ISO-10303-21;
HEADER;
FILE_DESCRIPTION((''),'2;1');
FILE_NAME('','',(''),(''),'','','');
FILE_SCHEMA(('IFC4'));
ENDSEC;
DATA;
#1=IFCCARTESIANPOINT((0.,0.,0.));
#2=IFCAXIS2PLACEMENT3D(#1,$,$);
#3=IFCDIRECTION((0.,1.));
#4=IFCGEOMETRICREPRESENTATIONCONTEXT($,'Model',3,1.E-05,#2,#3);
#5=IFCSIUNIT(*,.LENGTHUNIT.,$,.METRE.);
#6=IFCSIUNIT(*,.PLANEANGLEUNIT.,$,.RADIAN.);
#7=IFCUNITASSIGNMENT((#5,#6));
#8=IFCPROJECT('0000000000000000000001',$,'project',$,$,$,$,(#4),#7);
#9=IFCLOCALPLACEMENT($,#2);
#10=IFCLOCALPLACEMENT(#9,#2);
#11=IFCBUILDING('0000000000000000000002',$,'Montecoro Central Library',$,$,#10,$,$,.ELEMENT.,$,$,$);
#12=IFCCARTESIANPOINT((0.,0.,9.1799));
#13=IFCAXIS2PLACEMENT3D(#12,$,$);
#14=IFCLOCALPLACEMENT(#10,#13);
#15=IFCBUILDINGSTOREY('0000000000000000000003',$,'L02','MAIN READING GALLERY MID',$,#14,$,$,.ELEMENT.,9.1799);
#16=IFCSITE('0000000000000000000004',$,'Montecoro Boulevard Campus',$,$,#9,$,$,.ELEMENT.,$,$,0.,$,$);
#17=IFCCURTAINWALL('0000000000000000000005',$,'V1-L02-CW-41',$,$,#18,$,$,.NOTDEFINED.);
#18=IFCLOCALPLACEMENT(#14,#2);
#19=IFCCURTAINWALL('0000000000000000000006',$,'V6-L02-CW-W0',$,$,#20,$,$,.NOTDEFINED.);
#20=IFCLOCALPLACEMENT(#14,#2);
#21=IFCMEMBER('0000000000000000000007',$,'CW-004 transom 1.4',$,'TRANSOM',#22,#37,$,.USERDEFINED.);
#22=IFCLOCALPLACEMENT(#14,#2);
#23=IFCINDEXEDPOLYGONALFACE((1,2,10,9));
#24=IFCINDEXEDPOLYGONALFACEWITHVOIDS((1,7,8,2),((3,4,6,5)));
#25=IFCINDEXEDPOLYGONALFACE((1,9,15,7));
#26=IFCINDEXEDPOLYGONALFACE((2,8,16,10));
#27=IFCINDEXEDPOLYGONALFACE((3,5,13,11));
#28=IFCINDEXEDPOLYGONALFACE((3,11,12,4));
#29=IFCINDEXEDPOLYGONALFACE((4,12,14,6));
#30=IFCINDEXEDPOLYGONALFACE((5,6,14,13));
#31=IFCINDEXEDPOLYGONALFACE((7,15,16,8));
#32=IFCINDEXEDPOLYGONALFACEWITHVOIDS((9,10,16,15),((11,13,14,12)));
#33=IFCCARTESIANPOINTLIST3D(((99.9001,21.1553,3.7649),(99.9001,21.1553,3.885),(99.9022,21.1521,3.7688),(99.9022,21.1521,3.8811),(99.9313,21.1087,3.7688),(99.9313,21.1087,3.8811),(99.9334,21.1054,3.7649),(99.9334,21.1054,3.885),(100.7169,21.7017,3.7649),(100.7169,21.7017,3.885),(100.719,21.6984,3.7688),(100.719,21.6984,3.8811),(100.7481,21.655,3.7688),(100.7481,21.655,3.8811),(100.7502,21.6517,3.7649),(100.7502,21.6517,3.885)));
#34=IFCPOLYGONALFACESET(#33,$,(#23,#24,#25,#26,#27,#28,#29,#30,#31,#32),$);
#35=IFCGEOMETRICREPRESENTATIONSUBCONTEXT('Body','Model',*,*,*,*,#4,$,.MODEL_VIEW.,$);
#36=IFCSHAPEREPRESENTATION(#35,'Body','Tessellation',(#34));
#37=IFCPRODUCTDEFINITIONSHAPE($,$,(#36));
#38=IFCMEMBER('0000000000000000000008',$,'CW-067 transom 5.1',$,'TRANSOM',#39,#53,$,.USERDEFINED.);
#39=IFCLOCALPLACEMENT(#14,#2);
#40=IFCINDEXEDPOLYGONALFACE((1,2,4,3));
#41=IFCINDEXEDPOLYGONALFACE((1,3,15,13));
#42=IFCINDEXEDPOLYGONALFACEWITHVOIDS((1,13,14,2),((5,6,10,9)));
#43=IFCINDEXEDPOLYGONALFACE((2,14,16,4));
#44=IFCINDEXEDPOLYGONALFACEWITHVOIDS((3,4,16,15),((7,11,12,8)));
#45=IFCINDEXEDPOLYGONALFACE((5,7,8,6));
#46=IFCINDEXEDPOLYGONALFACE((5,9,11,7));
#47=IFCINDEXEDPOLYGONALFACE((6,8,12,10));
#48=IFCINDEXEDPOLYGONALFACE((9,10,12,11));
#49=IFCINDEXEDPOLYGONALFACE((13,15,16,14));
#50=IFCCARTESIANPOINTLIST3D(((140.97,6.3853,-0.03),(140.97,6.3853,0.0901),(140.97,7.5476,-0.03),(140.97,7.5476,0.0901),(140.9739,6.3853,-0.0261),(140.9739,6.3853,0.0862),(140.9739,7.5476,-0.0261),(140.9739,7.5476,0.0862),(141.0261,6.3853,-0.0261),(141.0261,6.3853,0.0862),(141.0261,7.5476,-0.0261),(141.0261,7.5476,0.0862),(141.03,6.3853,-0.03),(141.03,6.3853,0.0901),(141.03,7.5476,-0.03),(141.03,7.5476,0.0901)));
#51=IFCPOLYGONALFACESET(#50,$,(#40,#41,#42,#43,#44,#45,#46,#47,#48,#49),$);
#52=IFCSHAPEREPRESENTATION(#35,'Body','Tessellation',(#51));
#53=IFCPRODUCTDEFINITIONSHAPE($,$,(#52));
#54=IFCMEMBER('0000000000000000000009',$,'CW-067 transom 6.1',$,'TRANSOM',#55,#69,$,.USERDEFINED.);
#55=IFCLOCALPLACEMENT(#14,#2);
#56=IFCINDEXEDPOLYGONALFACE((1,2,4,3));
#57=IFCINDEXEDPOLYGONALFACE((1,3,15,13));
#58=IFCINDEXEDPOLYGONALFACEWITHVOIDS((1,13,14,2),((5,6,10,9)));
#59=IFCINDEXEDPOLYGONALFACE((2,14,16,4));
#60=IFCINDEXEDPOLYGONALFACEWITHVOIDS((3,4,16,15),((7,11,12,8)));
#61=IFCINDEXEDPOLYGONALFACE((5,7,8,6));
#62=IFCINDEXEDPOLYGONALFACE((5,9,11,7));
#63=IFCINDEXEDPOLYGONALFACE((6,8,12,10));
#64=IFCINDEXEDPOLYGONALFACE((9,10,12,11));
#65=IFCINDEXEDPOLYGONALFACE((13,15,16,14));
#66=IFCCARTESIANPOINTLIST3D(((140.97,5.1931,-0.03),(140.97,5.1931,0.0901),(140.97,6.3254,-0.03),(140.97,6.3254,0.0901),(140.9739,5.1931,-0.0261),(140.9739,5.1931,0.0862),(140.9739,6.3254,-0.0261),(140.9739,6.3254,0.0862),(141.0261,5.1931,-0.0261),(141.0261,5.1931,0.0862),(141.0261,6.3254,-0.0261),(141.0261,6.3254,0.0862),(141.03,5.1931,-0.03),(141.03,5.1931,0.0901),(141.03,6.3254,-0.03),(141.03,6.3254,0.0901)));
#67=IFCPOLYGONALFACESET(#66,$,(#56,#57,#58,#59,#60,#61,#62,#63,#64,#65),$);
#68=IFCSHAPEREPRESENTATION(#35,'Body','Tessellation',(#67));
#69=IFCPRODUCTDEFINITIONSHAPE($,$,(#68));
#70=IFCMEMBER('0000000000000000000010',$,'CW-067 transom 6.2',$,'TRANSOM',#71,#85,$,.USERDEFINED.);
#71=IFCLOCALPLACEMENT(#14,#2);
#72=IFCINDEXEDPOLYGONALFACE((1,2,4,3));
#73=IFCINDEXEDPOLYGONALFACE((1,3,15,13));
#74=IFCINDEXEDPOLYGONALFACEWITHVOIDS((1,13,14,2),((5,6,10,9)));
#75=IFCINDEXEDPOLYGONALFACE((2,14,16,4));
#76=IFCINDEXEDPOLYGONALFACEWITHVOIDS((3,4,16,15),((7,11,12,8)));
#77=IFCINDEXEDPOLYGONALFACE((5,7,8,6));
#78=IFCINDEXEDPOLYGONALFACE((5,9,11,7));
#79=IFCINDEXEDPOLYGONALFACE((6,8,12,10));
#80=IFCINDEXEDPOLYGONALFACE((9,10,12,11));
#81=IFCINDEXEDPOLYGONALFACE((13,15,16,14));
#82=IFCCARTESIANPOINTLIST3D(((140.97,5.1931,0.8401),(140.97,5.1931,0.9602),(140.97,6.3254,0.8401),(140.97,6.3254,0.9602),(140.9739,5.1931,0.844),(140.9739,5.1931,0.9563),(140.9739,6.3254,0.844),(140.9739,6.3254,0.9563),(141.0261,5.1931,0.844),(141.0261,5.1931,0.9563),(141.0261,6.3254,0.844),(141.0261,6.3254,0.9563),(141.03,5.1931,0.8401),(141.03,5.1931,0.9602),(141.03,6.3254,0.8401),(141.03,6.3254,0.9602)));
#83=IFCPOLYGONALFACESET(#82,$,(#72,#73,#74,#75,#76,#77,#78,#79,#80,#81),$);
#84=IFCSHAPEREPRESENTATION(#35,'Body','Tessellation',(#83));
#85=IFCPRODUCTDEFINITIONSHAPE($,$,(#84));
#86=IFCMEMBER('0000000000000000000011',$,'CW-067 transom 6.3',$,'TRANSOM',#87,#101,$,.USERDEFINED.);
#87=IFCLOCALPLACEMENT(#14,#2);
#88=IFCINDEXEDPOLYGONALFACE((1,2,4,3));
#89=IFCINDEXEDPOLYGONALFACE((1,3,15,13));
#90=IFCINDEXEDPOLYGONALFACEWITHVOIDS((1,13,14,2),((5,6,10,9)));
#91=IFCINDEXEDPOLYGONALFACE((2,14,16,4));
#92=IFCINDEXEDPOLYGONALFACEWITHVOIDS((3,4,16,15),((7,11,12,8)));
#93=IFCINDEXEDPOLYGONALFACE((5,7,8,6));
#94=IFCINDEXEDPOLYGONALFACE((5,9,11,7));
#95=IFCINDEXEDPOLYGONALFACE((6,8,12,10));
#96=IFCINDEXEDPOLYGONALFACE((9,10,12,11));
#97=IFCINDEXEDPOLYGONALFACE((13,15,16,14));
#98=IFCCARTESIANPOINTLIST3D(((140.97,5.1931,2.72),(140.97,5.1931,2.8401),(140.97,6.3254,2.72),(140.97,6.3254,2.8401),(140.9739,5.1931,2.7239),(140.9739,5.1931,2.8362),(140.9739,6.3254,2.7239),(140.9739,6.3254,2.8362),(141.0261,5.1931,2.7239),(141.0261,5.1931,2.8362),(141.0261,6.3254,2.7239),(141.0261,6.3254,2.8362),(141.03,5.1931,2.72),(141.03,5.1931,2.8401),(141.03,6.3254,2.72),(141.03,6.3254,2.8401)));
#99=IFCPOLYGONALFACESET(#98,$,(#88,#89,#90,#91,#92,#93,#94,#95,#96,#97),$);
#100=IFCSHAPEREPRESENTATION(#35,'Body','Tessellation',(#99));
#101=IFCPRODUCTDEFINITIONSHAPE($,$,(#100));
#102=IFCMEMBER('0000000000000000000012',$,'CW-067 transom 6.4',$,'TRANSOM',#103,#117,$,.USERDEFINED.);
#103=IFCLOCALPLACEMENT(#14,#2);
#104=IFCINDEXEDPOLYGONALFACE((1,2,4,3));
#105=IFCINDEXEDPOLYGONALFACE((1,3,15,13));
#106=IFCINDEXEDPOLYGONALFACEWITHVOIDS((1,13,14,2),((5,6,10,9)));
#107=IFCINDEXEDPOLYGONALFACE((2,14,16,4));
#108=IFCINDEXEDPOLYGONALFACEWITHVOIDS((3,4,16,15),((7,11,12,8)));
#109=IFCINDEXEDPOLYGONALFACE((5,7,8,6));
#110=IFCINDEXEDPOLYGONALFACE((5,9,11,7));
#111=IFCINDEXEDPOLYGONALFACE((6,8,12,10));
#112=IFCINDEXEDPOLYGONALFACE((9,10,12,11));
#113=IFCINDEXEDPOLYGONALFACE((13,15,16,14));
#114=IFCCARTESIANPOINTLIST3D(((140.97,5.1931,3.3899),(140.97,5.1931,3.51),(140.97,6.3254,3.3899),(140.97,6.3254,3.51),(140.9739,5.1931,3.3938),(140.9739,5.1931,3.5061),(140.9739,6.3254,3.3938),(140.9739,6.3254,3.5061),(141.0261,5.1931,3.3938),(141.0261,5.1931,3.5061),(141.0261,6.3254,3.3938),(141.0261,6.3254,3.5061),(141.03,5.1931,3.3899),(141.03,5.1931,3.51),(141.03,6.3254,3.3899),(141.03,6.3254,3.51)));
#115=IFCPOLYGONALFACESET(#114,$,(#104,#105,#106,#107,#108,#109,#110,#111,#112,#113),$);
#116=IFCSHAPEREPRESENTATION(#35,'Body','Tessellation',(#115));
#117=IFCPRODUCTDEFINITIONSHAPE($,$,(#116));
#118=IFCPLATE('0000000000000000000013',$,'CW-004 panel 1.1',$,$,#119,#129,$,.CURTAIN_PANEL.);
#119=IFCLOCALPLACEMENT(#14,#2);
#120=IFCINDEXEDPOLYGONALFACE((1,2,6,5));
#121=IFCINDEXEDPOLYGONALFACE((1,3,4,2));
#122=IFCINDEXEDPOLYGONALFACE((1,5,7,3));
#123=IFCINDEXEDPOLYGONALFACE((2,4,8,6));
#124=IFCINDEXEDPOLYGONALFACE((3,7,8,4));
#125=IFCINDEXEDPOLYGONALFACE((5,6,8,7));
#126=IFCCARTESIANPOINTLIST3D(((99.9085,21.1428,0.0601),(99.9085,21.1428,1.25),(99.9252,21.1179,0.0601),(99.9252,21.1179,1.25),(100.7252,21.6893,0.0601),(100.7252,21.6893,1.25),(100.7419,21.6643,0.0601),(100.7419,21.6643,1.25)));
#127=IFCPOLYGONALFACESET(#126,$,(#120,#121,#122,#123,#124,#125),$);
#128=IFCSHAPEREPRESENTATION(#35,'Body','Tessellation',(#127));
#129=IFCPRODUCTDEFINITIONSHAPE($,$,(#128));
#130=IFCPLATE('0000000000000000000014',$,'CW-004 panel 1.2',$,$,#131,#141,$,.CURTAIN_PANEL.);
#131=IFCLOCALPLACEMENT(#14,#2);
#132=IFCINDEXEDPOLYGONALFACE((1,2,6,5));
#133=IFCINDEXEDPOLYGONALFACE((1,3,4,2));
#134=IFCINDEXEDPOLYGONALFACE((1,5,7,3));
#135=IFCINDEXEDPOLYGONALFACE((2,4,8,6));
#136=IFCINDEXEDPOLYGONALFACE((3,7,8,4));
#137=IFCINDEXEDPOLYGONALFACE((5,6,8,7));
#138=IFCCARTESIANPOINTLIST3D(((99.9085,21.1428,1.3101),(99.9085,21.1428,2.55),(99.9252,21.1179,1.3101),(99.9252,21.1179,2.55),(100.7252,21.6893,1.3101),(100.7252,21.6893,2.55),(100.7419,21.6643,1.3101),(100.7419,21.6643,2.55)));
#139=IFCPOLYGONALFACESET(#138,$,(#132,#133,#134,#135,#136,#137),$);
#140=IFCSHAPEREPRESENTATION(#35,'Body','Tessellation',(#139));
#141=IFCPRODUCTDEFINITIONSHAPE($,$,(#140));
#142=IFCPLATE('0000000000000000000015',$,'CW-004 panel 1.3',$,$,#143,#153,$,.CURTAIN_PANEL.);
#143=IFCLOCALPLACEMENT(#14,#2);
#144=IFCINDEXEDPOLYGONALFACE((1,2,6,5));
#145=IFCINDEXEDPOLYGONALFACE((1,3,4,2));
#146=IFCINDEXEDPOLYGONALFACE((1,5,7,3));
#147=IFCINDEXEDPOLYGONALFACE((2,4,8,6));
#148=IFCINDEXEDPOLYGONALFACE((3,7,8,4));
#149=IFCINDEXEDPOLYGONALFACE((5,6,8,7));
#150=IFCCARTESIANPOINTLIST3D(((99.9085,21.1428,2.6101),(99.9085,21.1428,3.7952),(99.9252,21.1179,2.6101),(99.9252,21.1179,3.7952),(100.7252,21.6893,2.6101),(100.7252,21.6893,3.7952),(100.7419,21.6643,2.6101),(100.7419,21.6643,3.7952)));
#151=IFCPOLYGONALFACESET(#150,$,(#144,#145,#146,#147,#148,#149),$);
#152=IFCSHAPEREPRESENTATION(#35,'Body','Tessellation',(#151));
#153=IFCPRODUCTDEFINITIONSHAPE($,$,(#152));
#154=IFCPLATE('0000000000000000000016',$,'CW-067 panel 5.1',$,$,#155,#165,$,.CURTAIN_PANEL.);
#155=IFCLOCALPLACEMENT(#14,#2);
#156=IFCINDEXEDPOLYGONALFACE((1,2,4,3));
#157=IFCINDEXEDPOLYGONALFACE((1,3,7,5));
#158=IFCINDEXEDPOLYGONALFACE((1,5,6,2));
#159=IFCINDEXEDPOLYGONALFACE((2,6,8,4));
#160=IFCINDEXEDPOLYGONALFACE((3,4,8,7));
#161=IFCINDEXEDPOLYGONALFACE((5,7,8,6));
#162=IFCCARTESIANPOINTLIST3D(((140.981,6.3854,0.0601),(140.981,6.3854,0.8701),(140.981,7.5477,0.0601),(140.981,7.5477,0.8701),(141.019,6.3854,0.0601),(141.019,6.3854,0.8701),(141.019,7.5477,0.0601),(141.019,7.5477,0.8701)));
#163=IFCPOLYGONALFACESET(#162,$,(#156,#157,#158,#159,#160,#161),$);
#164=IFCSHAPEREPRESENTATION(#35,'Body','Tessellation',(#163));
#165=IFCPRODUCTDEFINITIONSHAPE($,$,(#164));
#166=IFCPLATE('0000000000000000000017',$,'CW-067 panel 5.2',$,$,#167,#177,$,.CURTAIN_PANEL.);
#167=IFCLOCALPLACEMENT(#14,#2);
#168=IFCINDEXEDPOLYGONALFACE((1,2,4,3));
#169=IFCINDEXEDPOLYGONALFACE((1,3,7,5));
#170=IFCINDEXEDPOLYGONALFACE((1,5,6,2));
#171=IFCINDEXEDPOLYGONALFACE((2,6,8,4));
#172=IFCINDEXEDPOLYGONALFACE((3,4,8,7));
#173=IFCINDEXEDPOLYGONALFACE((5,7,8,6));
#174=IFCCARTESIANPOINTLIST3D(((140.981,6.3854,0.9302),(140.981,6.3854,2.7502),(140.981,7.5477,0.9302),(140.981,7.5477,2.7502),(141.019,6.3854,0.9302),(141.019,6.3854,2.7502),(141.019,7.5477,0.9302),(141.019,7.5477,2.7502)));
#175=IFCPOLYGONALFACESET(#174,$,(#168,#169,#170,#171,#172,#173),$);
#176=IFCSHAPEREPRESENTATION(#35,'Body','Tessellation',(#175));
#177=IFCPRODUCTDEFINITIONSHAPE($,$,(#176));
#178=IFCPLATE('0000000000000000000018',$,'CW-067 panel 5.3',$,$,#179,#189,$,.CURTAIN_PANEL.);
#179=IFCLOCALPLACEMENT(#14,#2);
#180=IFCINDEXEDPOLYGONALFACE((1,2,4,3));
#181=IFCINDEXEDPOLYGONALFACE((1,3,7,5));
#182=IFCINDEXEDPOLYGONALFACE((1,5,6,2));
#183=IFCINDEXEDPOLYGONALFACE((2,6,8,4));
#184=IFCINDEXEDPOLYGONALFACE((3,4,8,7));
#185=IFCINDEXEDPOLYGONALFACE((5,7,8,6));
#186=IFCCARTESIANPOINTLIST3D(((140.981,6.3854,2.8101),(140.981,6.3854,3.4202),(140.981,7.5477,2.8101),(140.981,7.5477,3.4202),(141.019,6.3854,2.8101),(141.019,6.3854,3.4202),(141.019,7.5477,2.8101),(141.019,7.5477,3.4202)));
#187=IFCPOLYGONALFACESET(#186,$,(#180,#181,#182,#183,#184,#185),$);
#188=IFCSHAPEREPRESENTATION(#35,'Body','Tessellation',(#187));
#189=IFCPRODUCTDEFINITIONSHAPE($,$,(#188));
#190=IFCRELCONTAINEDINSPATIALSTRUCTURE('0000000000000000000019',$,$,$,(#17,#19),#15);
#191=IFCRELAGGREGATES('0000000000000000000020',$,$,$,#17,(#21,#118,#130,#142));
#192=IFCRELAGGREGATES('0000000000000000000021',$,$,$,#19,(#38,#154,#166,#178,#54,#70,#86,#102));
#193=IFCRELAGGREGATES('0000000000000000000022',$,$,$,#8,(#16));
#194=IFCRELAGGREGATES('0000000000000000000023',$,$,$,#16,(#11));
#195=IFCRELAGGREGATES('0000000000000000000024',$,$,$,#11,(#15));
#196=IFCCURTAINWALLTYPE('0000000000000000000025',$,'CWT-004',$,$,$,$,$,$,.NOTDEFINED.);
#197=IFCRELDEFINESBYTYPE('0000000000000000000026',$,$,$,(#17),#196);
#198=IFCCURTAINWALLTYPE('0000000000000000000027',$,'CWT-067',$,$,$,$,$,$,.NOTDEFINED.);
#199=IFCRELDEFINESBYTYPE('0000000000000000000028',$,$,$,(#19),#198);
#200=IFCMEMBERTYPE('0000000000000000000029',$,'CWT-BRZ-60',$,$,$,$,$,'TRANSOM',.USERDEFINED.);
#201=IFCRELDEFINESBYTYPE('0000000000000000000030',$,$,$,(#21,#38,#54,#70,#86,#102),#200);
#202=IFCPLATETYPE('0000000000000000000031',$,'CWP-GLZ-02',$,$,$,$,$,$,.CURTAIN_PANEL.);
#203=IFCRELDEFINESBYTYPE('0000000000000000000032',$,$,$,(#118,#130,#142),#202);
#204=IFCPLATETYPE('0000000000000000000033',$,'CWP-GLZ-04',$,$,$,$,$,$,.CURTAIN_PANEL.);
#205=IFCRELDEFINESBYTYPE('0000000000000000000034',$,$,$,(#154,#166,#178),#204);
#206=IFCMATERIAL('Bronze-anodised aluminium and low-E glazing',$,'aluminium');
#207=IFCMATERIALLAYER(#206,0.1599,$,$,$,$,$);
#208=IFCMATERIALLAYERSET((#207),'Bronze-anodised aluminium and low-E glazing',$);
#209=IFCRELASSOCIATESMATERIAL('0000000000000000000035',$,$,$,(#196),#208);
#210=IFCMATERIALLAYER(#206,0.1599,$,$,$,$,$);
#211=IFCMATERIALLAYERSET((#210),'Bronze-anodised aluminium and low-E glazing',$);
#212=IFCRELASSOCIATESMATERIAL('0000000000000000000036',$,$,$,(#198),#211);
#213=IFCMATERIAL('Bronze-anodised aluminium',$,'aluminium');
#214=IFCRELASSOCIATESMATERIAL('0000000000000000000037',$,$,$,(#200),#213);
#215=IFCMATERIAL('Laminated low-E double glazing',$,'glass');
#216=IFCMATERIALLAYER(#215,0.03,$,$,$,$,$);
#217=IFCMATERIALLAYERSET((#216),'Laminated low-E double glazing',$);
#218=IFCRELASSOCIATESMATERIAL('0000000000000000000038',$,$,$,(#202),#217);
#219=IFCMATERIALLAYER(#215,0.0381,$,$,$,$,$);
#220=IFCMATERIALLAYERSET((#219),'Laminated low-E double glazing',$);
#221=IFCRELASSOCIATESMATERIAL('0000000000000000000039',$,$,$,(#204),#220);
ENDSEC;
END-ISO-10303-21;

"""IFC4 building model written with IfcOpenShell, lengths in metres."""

from ifc_helpers import new_model, si_unit, direction, frame, origin, origin_2d, place, context, subcontext, project, spatial, rectangle, hollow_rectangle, extrude, material, layer, layer_set, material_profile, profile_set, type_object, element, aggregate, save


model = new_model("IFC4")

# Units and contexts
model_context = context("Model", 3, precision=1e-05, world=origin(), true_north=direction((0.0, 1.0)))
body_context = subcontext(model_context, "Body", "Model", "MODEL_VIEW")
ifc_project = project(units=[si_unit("LENGTHUNIT", "METRE"), si_unit("PLANEANGLEUNIT", "RADIAN")], contexts=[model_context])

# Site, building, storey
site_placement = place(None, origin())
site = spatial("IfcSite", under=ifc_project, at=site_placement, Name="Montecoro Boulevard Campus", CompositionType="ELEMENT", RefElevation=0.0)
building_placement = place(site_placement, origin())
building = spatial("IfcBuilding", under=site, at=building_placement, Name="Montecoro Central Library", CompositionType="ELEMENT")
storey_placement = place(building_placement, frame((0.0, 0.0, 9.1799)))
storey = spatial("IfcBuildingStorey", under=building, at=storey_placement, Name="L02", Description="MAIN READING GALLERY MID", CompositionType="ELEMENT", Elevation=9.1799)

# Curtain walls
ifc_material_1 = material(Name="Bronze-anodised aluminium and low-E glazing", Category="aluminium")
ifc_layer_1 = layer(ifc_material_1, 0.1599)
ifc_layer_set_1 = layer_set([ifc_layer_1], Name="Bronze-anodised aluminium and low-E glazing")
curtain_wall_type_1 = type_object("IfcCurtainWallType", Name="CWT-004", PredefinedType="NOTDEFINED", material=ifc_layer_set_1)
curtain_wall_1_placement = place(storey_placement, origin())
curtain_wall_1 = element("IfcCurtainWall", 1, at=curtain_wall_1_placement, inside=storey, type_object=curtain_wall_type_1, Name="V1-L02-CW-41", PredefinedType="NOTDEFINED")
ifc_material_2 = material(Name="Bronze-anodised aluminium", Category="aluminium")
ifc_layer_2 = layer(ifc_material_1, 0.1599)
ifc_layer_set_2 = layer_set([ifc_layer_2], Name="Bronze-anodised aluminium and low-E glazing")
curtain_wall_type_2 = type_object("IfcCurtainWallType", Name="CWT-067", PredefinedType="NOTDEFINED", material=ifc_layer_set_2)
curtain_wall_2_placement = place(storey_placement, origin())
curtain_wall_2 = element("IfcCurtainWall", 2, at=curtain_wall_2_placement, inside=storey, type_object=curtain_wall_type_2, Name="V6-L02-CW-W0", PredefinedType="NOTDEFINED")

# Members
ifc_material_profile_1 = material_profile(ifc_material_2, hollow_rectangle(XDim=0.0601, YDim=0.1201, WallThickness=0.0039, at=origin_2d()), Name="CWT 120x60x4.0")
ifc_profile_set_1 = profile_set([ifc_material_profile_1], Name="Bronze-anodised aluminium")
member_type_1 = type_object("IfcMemberType", Name="CWT-BRZ-60", ElementType="TRANSOM", PredefinedType="USERDEFINED", material=ifc_profile_set_1)
member_1_placement = place(storey_placement, frame((99.9167, 21.1304, 3.825), z_axis=(0.831209, 0.555961, 0.0), x_axis=(-0.555961, 0.831209, 0.0)))
member_1 = element("IfcMember", 3, at=member_1_placement, type_object=member_type_1, Name="CW-004 transom 1.4", ObjectType="TRANSOM", PredefinedType="USERDEFINED", context=body_context, shape_type="SweptSolid", body=[
    extrude(hollow_rectangle(XDim=0.0601, YDim=0.1201, WallThickness=0.0039, at=origin_2d()), origin(), (0.0, 0.0, 1.0), 0.9827),
])
member_2_placement = place(storey_placement, frame((141.0, 7.5476, 0.03), z_axis=(0.0, -1.0, 0.0), x_axis=(1.0, 0.0, 0.0)))
member_2 = element("IfcMember", 4, at=member_2_placement, type_object=member_type_1, Name="CW-067 transom 5.1", ObjectType="TRANSOM", PredefinedType="USERDEFINED", context=body_context, shape_type="SweptSolid", body=[
    extrude(hollow_rectangle(XDim=0.0601, YDim=0.1201, WallThickness=0.0039, at=origin_2d()), origin(), (0.0, 0.0, 1.0), 1.1624),
])
member_3_placement = place(storey_placement, frame((141.0, 6.3254, 0.03), z_axis=(0.0, -1.0, 0.0), x_axis=(1.0, 0.0, 0.0)))
member_3 = element("IfcMember", 5, at=member_3_placement, type_object=member_type_1, Name="CW-067 transom 6.1", ObjectType="TRANSOM", PredefinedType="USERDEFINED", context=body_context, shape_type="SweptSolid", body=[
    extrude(hollow_rectangle(XDim=0.0601, YDim=0.1201, WallThickness=0.0039, at=origin_2d()), origin(), (0.0, 0.0, 1.0), 1.1323),
])
member_4_placement = place(storey_placement, frame((141.0, 6.3254, 0.9001), z_axis=(0.0, -1.0, 0.0), x_axis=(1.0, 0.0, 0.0)))
member_4 = element("IfcMember", 6, at=member_4_placement, type_object=member_type_1, Name="CW-067 transom 6.2", ObjectType="TRANSOM", PredefinedType="USERDEFINED", context=body_context, shape_type="SweptSolid", body=[
    extrude(hollow_rectangle(XDim=0.0601, YDim=0.1201, WallThickness=0.0039, at=origin_2d()), origin(), (0.0, 0.0, 1.0), 1.1323),
])
member_5_placement = place(storey_placement, frame((141.0, 6.3254, 2.78), z_axis=(0.0, -1.0, 0.0), x_axis=(1.0, 0.0, 0.0)))
member_5 = element("IfcMember", 7, at=member_5_placement, type_object=member_type_1, Name="CW-067 transom 6.3", ObjectType="TRANSOM", PredefinedType="USERDEFINED", context=body_context, shape_type="SweptSolid", body=[
    extrude(hollow_rectangle(XDim=0.0601, YDim=0.1201, WallThickness=0.0039, at=origin_2d()), origin(), (0.0, 0.0, 1.0), 1.1323),
])
member_6_placement = place(storey_placement, frame((141.0, 6.3254, 3.45), z_axis=(0.0, -1.0, 0.0), x_axis=(1.0, 0.0, 0.0)))
member_6 = element("IfcMember", 8, at=member_6_placement, type_object=member_type_1, Name="CW-067 transom 6.4", ObjectType="TRANSOM", PredefinedType="USERDEFINED", context=body_context, shape_type="SweptSolid", body=[
    extrude(hollow_rectangle(XDim=0.0601, YDim=0.1201, WallThickness=0.0039, at=origin_2d()), origin(), (0.0, 0.0, 1.0), 1.1323),
])

# Plates
ifc_material_3 = material(Name="Laminated low-E double glazing", Category="glass")
ifc_layer_3 = layer(ifc_material_3, 0.03)
ifc_layer_set_3 = layer_set([ifc_layer_3], Name="Laminated low-E double glazing")
plate_type_1 = type_object("IfcPlateType", Name="CWP-GLZ-02", PredefinedType="CURTAIN_PANEL", material=ifc_layer_set_3)
plate_1_placement = place(storey_placement, frame((100.3252, 21.4036, 0.0601), z_axis=(0.0, 0.0, 1.0), x_axis=(0.831117, 0.556098, 0.0)))
plate_1 = element("IfcPlate", 9, at=plate_1_placement, type_object=plate_type_1, Name="CW-004 panel 1.1", PredefinedType="CURTAIN_PANEL", context=body_context, shape_type="SweptSolid", body=[
    extrude(rectangle(XDim=0.9827, YDim=0.03, at=origin_2d()), origin(), (0.0, 0.0, 1.0), 1.1899),
])
plate_2_placement = place(storey_placement, frame((100.3252, 21.4036, 1.3101), z_axis=(0.0, 0.0, 1.0), x_axis=(0.831117, 0.556098, 0.0)))
plate_2 = element("IfcPlate", 10, at=plate_2_placement, type_object=plate_type_1, Name="CW-004 panel 1.2", PredefinedType="CURTAIN_PANEL", context=body_context, shape_type="SweptSolid", body=[
    extrude(rectangle(XDim=0.9827, YDim=0.03, at=origin_2d()), origin(), (0.0, 0.0, 1.0), 1.24),
])
plate_3_placement = place(storey_placement, frame((100.3252, 21.4036, 2.6101), z_axis=(0.0, 0.0, 1.0), x_axis=(0.831117, 0.556098, 0.0)))
plate_3 = element("IfcPlate", 11, at=plate_3_placement, type_object=plate_type_1, Name="CW-004 panel 1.3", PredefinedType="CURTAIN_PANEL", context=body_context, shape_type="SweptSolid", body=[
    extrude(rectangle(XDim=0.9827, YDim=0.03, at=origin_2d()), origin(), (0.0, 0.0, 1.0), 1.1851),
])
aggregate(curtain_wall_1, [member_1, plate_1, plate_2, plate_3])
ifc_layer_4 = layer(ifc_material_3, 0.0381)
ifc_layer_set_4 = layer_set([ifc_layer_4], Name="Laminated low-E double glazing")
plate_type_2 = type_object("IfcPlateType", Name="CWP-GLZ-04", PredefinedType="CURTAIN_PANEL", material=ifc_layer_set_4)
plate_4_placement = place(storey_placement, frame((141.0, 6.9666, 0.0601), z_axis=(0.0, 0.0, 1.0), x_axis=(0.0, -1.0, 0.0)))
plate_4 = element("IfcPlate", 12, at=plate_4_placement, type_object=plate_type_2, Name="CW-067 panel 5.1", PredefinedType="CURTAIN_PANEL", context=body_context, shape_type="SweptSolid", body=[
    extrude(rectangle(XDim=1.1624, YDim=0.0381, at=origin_2d()), origin(), (0.0, 0.0, 1.0), 0.8101),
])
plate_5_placement = place(storey_placement, frame((141.0, 6.9666, 0.9302), z_axis=(0.0, 0.0, 1.0), x_axis=(0.0, -1.0, 0.0)))
plate_5 = element("IfcPlate", 13, at=plate_5_placement, type_object=plate_type_2, Name="CW-067 panel 5.2", PredefinedType="CURTAIN_PANEL", context=body_context, shape_type="SweptSolid", body=[
    extrude(rectangle(XDim=1.1624, YDim=0.0381, at=origin_2d()), origin(), (0.0, 0.0, 1.0), 1.8201),
])
plate_6_placement = place(storey_placement, frame((141.0, 6.9666, 2.8101), z_axis=(0.0, 0.0, 1.0), x_axis=(0.0, -1.0, 0.0)))
plate_6 = element("IfcPlate", 14, at=plate_6_placement, type_object=plate_type_2, Name="CW-067 panel 5.3", PredefinedType="CURTAIN_PANEL", context=body_context, shape_type="SweptSolid", body=[
    extrude(rectangle(XDim=1.1624, YDim=0.0381, at=origin_2d()), origin(), (0.0, 0.0, 1.0), 0.6101),
])
aggregate(curtain_wall_2, [member_2, plate_4, plate_5, plate_6, member_3, member_4, member_5, member_6])

save(model, "model.ifc")
